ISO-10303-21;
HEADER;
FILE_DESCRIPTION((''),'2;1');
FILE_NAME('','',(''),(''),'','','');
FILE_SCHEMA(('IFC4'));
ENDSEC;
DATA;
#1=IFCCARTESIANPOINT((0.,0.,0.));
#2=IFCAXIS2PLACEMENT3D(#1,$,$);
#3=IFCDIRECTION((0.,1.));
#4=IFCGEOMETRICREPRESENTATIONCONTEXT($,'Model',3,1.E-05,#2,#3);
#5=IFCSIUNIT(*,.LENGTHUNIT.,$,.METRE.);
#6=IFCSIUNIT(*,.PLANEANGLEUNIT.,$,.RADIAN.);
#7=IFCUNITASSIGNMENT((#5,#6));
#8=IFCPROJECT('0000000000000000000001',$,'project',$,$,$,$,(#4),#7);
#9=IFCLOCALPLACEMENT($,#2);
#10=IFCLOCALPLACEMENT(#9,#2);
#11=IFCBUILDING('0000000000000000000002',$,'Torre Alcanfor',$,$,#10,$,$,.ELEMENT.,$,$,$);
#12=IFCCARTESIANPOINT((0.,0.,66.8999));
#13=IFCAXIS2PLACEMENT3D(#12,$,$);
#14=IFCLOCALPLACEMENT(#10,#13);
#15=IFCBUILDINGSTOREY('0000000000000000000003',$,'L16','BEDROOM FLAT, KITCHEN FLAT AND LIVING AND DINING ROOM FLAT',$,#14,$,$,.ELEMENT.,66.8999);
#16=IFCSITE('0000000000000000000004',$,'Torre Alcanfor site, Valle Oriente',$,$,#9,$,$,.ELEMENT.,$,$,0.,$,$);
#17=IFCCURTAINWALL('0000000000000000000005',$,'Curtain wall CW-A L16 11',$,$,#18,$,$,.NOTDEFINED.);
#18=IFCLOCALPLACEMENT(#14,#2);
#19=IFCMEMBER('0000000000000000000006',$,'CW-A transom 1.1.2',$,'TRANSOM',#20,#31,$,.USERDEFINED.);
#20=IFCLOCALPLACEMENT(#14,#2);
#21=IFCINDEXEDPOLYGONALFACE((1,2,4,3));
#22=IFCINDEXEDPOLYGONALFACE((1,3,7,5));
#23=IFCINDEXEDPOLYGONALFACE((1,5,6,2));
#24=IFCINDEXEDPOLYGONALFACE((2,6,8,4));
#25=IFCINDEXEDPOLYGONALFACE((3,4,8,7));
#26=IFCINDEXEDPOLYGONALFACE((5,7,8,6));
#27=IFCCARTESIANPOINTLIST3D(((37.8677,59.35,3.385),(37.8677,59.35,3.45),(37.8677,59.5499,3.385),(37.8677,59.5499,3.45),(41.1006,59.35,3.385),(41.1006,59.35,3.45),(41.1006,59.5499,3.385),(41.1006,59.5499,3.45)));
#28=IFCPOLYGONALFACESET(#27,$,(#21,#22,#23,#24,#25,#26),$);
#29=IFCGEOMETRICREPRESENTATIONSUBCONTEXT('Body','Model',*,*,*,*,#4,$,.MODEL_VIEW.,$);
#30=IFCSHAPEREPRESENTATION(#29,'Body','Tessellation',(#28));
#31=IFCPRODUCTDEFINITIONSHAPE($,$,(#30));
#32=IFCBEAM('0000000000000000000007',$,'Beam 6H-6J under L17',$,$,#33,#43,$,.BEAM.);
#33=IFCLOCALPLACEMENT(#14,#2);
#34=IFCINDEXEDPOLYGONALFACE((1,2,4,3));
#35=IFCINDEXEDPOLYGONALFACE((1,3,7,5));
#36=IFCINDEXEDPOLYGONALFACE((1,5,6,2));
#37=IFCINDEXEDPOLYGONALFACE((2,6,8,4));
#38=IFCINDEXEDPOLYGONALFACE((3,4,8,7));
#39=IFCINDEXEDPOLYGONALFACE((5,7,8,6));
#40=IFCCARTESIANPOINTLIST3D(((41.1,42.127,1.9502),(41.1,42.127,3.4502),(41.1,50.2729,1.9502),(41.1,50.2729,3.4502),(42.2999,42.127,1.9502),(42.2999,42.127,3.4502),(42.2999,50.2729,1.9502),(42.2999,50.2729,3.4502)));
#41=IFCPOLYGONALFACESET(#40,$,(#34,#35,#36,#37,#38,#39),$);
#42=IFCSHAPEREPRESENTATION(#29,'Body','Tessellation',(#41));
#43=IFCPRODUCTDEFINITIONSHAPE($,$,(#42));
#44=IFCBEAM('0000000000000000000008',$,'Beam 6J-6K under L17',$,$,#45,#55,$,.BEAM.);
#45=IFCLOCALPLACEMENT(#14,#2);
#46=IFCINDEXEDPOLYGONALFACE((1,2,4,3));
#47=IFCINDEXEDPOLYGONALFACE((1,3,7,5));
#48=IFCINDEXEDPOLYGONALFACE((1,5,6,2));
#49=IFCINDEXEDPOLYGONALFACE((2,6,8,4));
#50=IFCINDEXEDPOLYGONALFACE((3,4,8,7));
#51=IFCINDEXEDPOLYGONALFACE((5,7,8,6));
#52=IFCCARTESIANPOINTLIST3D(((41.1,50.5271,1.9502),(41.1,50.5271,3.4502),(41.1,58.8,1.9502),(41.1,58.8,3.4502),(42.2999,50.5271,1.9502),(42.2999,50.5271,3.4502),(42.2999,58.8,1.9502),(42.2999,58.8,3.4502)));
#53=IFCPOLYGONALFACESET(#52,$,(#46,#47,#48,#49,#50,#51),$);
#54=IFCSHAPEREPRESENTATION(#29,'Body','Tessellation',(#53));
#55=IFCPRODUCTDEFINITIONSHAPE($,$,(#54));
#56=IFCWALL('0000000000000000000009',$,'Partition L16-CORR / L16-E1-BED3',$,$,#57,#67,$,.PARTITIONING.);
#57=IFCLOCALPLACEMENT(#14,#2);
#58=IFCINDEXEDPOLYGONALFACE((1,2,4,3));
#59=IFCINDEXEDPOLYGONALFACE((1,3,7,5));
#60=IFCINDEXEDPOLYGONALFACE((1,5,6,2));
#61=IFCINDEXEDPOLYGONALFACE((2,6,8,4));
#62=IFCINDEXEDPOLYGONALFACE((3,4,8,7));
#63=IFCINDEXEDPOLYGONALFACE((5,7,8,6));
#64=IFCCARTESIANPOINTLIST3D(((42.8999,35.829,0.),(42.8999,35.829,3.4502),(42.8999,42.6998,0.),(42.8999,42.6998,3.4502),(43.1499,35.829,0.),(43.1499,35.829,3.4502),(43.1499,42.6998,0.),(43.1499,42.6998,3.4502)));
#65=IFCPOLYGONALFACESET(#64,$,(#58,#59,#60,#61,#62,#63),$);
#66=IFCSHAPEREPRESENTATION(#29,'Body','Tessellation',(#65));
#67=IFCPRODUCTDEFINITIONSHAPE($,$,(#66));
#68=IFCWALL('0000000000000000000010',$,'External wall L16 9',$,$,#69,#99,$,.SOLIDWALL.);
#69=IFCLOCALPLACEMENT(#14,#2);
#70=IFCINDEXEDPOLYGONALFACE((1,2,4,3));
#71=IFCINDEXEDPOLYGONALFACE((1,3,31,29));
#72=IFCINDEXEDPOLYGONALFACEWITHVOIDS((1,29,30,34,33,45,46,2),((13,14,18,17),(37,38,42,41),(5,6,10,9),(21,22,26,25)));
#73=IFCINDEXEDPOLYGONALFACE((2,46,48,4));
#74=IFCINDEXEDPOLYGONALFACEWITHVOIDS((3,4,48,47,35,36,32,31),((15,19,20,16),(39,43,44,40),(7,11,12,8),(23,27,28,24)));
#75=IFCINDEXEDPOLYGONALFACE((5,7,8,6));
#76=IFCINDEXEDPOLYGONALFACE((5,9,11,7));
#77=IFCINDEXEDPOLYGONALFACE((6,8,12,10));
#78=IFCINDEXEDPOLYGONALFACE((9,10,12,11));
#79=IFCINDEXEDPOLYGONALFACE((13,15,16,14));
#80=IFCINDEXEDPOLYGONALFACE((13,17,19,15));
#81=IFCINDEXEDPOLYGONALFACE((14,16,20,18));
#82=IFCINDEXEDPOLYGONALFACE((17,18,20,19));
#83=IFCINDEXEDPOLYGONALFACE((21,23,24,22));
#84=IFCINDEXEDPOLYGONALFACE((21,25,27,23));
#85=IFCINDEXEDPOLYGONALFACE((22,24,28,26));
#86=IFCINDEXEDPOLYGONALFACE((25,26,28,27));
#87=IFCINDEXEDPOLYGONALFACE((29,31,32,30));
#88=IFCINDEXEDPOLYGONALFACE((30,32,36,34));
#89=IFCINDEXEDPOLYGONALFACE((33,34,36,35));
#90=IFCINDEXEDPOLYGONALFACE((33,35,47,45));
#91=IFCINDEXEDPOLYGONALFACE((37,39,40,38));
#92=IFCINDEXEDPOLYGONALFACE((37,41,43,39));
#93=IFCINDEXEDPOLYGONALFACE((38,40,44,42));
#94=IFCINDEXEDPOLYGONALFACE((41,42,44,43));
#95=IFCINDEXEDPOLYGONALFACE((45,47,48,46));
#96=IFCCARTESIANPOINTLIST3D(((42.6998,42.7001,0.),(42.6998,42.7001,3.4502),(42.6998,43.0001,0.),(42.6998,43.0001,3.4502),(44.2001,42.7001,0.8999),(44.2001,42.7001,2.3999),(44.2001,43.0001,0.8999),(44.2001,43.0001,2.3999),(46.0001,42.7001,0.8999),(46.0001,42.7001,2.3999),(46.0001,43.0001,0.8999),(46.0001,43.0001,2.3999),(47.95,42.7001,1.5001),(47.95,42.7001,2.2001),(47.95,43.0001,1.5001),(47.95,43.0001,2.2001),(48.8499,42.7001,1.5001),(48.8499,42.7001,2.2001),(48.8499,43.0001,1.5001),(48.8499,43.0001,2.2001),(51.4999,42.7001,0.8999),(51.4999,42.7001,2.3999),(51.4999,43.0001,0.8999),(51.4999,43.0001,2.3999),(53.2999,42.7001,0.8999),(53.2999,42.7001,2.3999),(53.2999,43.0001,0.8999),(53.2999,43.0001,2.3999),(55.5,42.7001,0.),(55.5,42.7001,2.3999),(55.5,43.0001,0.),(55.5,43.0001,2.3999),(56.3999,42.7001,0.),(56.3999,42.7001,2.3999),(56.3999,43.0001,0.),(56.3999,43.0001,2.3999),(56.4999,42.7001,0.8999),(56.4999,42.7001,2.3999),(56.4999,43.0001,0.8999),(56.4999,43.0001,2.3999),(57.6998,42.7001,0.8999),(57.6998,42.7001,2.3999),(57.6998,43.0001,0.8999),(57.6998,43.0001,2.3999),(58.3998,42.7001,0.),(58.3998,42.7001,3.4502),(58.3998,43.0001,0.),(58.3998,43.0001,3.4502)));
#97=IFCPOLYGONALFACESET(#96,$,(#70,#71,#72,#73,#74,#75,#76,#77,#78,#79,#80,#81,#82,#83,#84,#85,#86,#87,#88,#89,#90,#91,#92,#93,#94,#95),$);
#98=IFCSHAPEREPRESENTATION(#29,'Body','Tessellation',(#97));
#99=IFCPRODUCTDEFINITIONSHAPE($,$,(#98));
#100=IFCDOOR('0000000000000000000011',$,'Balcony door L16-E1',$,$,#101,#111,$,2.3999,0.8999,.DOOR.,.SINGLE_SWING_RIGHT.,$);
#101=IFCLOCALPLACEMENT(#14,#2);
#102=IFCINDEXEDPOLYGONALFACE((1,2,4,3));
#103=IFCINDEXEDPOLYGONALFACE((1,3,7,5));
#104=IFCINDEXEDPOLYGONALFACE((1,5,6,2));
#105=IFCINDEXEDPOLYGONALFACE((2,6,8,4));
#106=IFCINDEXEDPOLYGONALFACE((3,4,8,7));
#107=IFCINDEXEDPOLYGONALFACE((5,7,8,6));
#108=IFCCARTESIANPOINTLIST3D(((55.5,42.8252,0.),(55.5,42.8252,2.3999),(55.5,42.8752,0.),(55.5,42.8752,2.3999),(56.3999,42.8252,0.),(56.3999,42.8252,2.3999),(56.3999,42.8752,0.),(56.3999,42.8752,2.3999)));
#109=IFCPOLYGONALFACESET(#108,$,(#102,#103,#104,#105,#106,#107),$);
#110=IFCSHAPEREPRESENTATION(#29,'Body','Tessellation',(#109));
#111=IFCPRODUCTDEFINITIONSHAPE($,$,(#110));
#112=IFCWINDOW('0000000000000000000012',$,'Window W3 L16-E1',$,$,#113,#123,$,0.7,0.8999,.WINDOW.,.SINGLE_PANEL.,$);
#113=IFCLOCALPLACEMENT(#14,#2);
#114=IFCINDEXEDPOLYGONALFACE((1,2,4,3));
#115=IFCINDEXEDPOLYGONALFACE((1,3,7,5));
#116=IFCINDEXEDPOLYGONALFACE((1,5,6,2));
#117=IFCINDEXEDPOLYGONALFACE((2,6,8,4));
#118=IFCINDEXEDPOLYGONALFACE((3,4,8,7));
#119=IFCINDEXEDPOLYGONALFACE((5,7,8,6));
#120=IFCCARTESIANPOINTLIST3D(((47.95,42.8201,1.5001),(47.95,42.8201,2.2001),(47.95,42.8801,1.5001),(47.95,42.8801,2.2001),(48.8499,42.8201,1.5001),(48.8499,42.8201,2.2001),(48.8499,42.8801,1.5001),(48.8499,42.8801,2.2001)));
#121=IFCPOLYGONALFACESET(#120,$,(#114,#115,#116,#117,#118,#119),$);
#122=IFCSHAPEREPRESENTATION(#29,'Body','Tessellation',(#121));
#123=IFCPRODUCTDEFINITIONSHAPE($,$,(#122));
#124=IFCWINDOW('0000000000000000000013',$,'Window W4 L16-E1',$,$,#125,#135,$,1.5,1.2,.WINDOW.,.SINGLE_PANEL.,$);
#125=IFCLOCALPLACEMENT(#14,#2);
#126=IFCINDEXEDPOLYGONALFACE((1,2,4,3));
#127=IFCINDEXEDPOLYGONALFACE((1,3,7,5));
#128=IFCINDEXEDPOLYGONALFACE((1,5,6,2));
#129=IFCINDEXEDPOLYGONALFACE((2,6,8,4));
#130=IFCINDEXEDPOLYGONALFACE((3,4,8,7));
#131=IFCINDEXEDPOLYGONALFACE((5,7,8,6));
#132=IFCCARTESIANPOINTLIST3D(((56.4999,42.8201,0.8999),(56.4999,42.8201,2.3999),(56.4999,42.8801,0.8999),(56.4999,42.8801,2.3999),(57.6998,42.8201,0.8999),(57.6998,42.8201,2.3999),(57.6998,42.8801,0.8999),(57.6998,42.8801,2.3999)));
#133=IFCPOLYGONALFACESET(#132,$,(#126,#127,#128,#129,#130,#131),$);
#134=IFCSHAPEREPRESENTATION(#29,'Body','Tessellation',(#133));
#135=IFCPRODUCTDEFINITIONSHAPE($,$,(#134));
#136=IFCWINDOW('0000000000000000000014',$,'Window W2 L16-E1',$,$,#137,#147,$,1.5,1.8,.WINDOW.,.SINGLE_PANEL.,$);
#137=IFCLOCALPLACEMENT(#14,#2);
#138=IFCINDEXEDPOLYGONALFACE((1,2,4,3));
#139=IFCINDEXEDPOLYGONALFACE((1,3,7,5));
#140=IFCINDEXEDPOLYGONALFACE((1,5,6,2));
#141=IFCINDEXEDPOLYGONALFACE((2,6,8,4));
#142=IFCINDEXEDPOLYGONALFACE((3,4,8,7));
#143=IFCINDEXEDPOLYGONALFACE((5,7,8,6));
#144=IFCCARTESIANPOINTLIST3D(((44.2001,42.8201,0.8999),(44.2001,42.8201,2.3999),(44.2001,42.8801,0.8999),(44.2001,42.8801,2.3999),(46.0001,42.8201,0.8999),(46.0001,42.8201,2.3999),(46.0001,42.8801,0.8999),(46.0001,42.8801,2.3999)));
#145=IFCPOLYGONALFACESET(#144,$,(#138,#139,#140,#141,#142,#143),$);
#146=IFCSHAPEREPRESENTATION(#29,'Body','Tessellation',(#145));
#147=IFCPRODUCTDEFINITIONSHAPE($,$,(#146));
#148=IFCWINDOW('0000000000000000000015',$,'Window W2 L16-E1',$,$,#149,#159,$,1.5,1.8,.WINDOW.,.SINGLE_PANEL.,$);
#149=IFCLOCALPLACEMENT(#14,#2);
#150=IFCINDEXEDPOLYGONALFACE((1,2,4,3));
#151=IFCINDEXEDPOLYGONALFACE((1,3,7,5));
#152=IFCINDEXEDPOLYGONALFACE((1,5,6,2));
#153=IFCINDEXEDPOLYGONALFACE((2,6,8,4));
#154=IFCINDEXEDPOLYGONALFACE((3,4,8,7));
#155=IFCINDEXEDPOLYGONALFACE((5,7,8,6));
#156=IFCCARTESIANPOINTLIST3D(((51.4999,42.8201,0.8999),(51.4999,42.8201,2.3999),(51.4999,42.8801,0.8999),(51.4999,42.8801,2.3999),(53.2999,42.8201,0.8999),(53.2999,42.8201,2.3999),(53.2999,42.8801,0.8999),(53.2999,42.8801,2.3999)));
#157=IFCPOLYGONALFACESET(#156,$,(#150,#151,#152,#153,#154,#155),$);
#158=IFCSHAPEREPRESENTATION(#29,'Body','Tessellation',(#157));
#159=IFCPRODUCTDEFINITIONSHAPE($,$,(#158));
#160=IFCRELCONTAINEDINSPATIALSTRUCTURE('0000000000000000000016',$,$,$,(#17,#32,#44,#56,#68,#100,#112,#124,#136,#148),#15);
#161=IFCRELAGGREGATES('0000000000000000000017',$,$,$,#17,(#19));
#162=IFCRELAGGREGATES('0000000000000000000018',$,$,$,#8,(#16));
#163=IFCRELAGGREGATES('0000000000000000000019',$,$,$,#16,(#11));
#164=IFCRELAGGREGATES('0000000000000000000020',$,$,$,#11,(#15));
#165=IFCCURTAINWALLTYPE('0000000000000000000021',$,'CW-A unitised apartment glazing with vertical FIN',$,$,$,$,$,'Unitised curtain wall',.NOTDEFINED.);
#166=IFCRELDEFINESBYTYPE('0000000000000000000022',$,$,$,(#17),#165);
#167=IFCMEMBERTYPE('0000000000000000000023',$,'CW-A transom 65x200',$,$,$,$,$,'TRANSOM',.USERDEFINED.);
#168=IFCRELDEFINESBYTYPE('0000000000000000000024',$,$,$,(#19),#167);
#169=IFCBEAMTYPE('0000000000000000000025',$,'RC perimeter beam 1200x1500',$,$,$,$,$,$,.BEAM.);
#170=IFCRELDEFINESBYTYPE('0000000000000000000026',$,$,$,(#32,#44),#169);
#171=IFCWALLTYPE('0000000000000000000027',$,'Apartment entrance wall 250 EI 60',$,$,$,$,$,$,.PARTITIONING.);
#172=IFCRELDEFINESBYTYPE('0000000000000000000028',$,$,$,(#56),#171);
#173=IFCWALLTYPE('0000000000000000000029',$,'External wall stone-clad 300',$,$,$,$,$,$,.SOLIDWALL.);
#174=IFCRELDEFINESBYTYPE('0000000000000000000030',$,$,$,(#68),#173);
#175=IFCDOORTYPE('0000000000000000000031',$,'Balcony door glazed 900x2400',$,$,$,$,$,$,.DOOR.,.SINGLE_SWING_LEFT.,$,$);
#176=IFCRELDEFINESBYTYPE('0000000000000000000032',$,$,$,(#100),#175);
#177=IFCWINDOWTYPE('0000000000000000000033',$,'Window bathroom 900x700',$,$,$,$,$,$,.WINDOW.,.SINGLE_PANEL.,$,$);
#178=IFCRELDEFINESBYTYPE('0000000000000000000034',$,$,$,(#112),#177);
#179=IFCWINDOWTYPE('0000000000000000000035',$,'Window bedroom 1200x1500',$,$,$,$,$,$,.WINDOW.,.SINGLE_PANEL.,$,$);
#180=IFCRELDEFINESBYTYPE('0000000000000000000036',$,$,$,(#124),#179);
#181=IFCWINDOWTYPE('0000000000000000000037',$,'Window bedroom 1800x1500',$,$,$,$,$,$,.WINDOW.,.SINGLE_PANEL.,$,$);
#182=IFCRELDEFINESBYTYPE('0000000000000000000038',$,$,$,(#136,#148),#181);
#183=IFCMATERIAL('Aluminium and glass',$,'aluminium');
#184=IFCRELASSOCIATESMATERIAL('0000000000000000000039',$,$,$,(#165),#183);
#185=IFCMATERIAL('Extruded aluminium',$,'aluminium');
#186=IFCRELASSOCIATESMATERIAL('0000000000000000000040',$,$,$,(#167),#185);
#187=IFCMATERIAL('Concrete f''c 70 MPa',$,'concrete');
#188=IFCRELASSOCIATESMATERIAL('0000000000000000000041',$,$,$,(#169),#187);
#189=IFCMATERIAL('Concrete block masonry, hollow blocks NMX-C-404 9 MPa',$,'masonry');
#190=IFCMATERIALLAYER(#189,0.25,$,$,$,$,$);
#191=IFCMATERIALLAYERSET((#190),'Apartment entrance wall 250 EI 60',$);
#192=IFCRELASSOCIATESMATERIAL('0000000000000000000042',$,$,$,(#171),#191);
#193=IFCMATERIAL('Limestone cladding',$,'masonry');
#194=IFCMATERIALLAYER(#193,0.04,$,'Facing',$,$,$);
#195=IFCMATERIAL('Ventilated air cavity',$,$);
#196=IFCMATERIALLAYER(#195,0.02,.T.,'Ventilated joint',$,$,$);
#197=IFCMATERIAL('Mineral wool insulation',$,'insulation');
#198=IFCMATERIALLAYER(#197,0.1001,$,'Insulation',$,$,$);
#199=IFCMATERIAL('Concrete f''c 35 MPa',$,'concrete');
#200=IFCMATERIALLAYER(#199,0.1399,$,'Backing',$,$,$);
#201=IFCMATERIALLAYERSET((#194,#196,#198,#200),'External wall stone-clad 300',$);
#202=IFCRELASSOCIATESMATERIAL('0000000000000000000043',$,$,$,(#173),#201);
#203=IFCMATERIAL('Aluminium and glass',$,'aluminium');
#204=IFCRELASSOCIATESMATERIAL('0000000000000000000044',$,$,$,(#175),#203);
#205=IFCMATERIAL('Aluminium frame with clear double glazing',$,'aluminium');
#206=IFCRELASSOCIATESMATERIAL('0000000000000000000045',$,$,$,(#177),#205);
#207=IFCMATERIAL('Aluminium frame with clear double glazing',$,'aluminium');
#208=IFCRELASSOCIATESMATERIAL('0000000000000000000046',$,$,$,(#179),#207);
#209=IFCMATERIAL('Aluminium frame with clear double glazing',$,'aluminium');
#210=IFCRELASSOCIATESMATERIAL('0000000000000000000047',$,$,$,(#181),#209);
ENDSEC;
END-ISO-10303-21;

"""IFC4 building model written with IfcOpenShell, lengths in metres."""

from ifc_helpers import new_model, si_unit, direction, frame, frame_2d, origin, origin_2d, place, context, subcontext, project, spatial, rectangle, extrude, material, layer, layer_set, material_profile, profile_set, type_object, element, fill, aggregate, save


model = new_model("IFC4")

# Units and contexts
model_context = context("Model", 3, precision=1e-05, world=origin(), true_north=direction((0.0, 1.0)))
body_context = subcontext(model_context, "Body", "Model", "MODEL_VIEW")
ifc_project = project(units=[si_unit("LENGTHUNIT", "METRE"), si_unit("PLANEANGLEUNIT", "RADIAN")], contexts=[model_context])

# Site, building, storey
site_placement = place(None, origin())
site = spatial("IfcSite", under=ifc_project, at=site_placement, Name="Torre Alcanfor site, Valle Oriente", CompositionType="ELEMENT", RefElevation=0.0)
building_placement = place(site_placement, origin())
building = spatial("IfcBuilding", under=site, at=building_placement, Name="Torre Alcanfor", CompositionType="ELEMENT")
storey_placement = place(building_placement, frame((0.0, 0.0, 66.8999)))
storey = spatial("IfcBuildingStorey", under=building, at=storey_placement, Name="L16", Description="BEDROOM FLAT, KITCHEN FLAT AND LIVING AND DINING ROOM FLAT", CompositionType="ELEMENT", Elevation=66.8999)

# Curtain wall, member
ifc_material_1 = material(Name="Aluminium and glass", Category="aluminium")
curtain_wall_type = type_object("IfcCurtainWallType", Name="CW-A unitised apartment glazing with vertical FIN", ElementType="Unitised curtain wall", PredefinedType="NOTDEFINED", material=ifc_material_1)
curtain_wall_placement = place(storey_placement, origin())
curtain_wall = element("IfcCurtainWall", 1, at=curtain_wall_placement, inside=storey, type_object=curtain_wall_type, Name="Curtain wall CW-A L16 11", PredefinedType="NOTDEFINED")
ifc_material_2 = material(Name="Extruded aluminium", Category="aluminium")
ifc_material_profile_1 = material_profile(ifc_material_2, rectangle(XDim=0.2, YDim=0.0649, at=origin_2d()), Name="CW-A transom 200x65")
ifc_profile_set_1 = profile_set([ifc_material_profile_1], Name="Extruded aluminium")
member_type_1 = type_object("IfcMemberType", Name="CW-A transom 65x200", ElementType="TRANSOM", PredefinedType="USERDEFINED", material=ifc_profile_set_1)
member_1_placement = place(storey_placement, frame((41.1006, 59.45, 3.4175), z_axis=(-1.0, 0.0, 0.0), x_axis=(0.0, -1.0, 0.0)))
member_1 = element("IfcMember", 2, at=member_1_placement, type_object=member_type_1, Name="CW-A transom 1.1.2", ObjectType="TRANSOM", PredefinedType="USERDEFINED", context=body_context, shape_type="SweptSolid", body=[
    extrude(rectangle(XDim=0.2, YDim=0.0649, at=origin_2d()), origin(), (0.0, 0.0, 1.0), 3.2329),
])
aggregate(curtain_wall, [member_1])

# Beams
ifc_material_3 = material(Name="Concrete f'c 70 MPa", Category="concrete")
ifc_material_profile_2 = material_profile(ifc_material_3, rectangle(XDim=1.2, YDim=1.5, at=origin_2d()), Name="1200x1500")
ifc_profile_set_2 = profile_set([ifc_material_profile_2], Name="Concrete f'c 70 MPa")
beam_type_1 = type_object("IfcBeamType", Name="RC perimeter beam 1200x1500", PredefinedType="BEAM", material=ifc_profile_set_2)
beam_1_placement = place(storey_placement, frame((41.7, 42.127, 2.7002), z_axis=(0.0, 1.0, 0.0), x_axis=(-1.0, 0.0, 0.0)))
element("IfcBeam", 3, at=beam_1_placement, inside=storey, type_object=beam_type_1, Name="Beam 6H-6J under L17", PredefinedType="BEAM", context=body_context, shape_type="SweptSolid", body=[
    extrude(rectangle(XDim=1.2, YDim=1.5, at=origin_2d()), origin(), (0.0, 0.0, 1.0), 8.146),
])
beam_2_placement = place(storey_placement, frame((41.7, 50.5271, 2.7002), z_axis=(0.0, 1.0, 0.0), x_axis=(-1.0, 0.0, 0.0)))
element("IfcBeam", 4, at=beam_2_placement, inside=storey, type_object=beam_type_1, Name="Beam 6J-6K under L17", PredefinedType="BEAM", context=body_context, shape_type="SweptSolid", body=[
    extrude(rectangle(XDim=1.2, YDim=1.5, at=origin_2d()), origin(), (0.0, 0.0, 1.0), 8.2729),
])

# Wall
ifc_material_4 = material(Name="Concrete block masonry, hollow blocks NMX-C-404 9 MPa", Category="masonry")
ifc_layer_1 = layer(ifc_material_4, 0.25)
ifc_layer_set_1 = layer_set([ifc_layer_1], Name="Apartment entrance wall 250 EI 60")
wall_type_1 = type_object("IfcWallType", Name="Apartment entrance wall 250 EI 60", PredefinedType="PARTITIONING", material=ifc_layer_set_1)
wall_1_placement = place(storey_placement, frame((43.0249, 42.7, 0.0), z_axis=(0.0, 0.0, 1.0), x_axis=(0.0, -1.0, 0.0)))
element("IfcWall", 5, at=wall_1_placement, inside=storey, type_object=wall_type_1, Name="Partition L16-CORR / L16-E1-BED3", PredefinedType="PARTITIONING", context=body_context, shape_type="SweptSolid", body=[
    extrude(rectangle(XDim=6.8708, YDim=0.25, at=frame_2d((3.4355, 0.0))), origin(), (0.0, 0.0, 1.0), 3.4502),
])

# Wall, openings, door, windows
ifc_material_5 = material(Name="Limestone cladding", Category="masonry")
ifc_layer_2 = layer(ifc_material_5, 0.04, Name="Facing")
ifc_material_6 = material(Name="Ventilated air cavity")
ifc_layer_3 = layer(ifc_material_6, 0.02, ventilated=True, Name="Ventilated joint")
ifc_material_7 = material(Name="Mineral wool insulation", Category="insulation")
ifc_layer_4 = layer(ifc_material_7, 0.1001, Name="Insulation")
ifc_material_8 = material(Name="Concrete f'c 35 MPa", Category="concrete")
ifc_layer_5 = layer(ifc_material_8, 0.1399, Name="Backing")
ifc_layer_set_2 = layer_set([ifc_layer_2, ifc_layer_3, ifc_layer_4, ifc_layer_5], Name="External wall stone-clad 300")
wall_type_2 = type_object("IfcWallType", Name="External wall stone-clad 300", PredefinedType="SOLIDWALL", material=ifc_layer_set_2)
wall_2_placement = place(storey_placement, frame((58.3999, 42.8501, 0.0), z_axis=(0.0, 0.0, 1.0), x_axis=(-1.0, 0.0, 0.0)))
wall_2 = element("IfcWall", 6, at=wall_2_placement, inside=storey, type_object=wall_type_2, Name="External wall L16 9", PredefinedType="SOLIDWALL", context=body_context, shape_type="SweptSolid", body=[
    extrude(rectangle(XDim=15.7, YDim=0.3, at=frame_2d((7.8501, 0.0))), origin(), (0.0, 0.0, 1.0), 3.4502),
])
opening_1_placement = place(wall_2_placement, frame((12.3999, 0.0, 0.8999)))
opening_1 = element("IfcOpeningElement", 7, at=opening_1_placement, cuts=wall_2, PredefinedType="OPENING", context=body_context, shape_type="SweptSolid", body=[
    extrude(rectangle(XDim=1.8, YDim=1.5, at=frame_2d((0.8999, 0.75))), frame((0.0, 0.1599, 0.0), z_axis=(0.0, -1.0, 0.0), x_axis=(1.0, 0.0, 0.0)), (0.0, 0.0, 1.0), 0.3201),
])
opening_2_placement = place(wall_2_placement, frame((9.55, 0.0, 1.5)))
opening_2 = element("IfcOpeningElement", 8, at=opening_2_placement, cuts=wall_2, PredefinedType="OPENING", context=body_context, shape_type="SweptSolid", body=[
    extrude(rectangle(XDim=0.8999, YDim=0.7, at=frame_2d((0.45, 0.3501))), frame((0.0, 0.1599, 0.0), z_axis=(0.0, -1.0, 0.0), x_axis=(1.0, 0.0, 0.0)), (0.0, 0.0, 1.0), 0.3201),
])
opening_3_placement = place(wall_2_placement, frame((5.1001, 0.0, 0.8999)))
opening_3 = element("IfcOpeningElement", 9, at=opening_3_placement, cuts=wall_2, PredefinedType="OPENING", context=body_context, shape_type="SweptSolid", body=[
    extrude(rectangle(XDim=1.8, YDim=1.5, at=frame_2d((0.8999, 0.75))), frame((0.0, 0.1599, 0.0), z_axis=(0.0, -1.0, 0.0), x_axis=(1.0, 0.0, 0.0)), (0.0, 0.0, 1.0), 0.3201),
])
opening_4_placement = place(wall_2_placement, frame((2.0, 0.0, 0.0)))
opening_4 = element("IfcOpeningElement", 10, at=opening_4_placement, cuts=wall_2, PredefinedType="OPENING", context=body_context, shape_type="SweptSolid", body=[
    extrude(rectangle(XDim=0.8999, YDim=2.3999, at=frame_2d((0.45, 1.2))), frame((0.0, 0.1599, 0.0), z_axis=(0.0, -1.0, 0.0), x_axis=(1.0, 0.0, 0.0)), (0.0, 0.0, 1.0), 0.3201),
])
opening_5_placement = place(wall_2_placement, frame((0.7, 0.0, 0.8999)))
opening_5 = element("IfcOpeningElement", 11, at=opening_5_placement, cuts=wall_2, PredefinedType="OPENING", context=body_context, shape_type="SweptSolid", body=[
    extrude(rectangle(XDim=1.2, YDim=1.5, at=frame_2d((0.6001, 0.75))), frame((0.0, 0.1599, 0.0), z_axis=(0.0, -1.0, 0.0), x_axis=(1.0, 0.0, 0.0)), (0.0, 0.0, 1.0), 0.3201),
])
ifc_material_9 = material(Name="Aluminium and glass", Category="aluminium")
door_type = type_object("IfcDoorType", Name="Balcony door glazed 900x2400", OperationType="SINGLE_SWING_LEFT", PredefinedType="DOOR", material=ifc_material_9)
door_1_placement = place(opening_4_placement, origin())
door_1 = element("IfcDoor", 12, at=door_1_placement, inside=storey, type_object=door_type, Name="Balcony door L16-E1", OperationType="SINGLE_SWING_RIGHT", OverallHeight=2.3999, OverallWidth=0.8999, PredefinedType="DOOR", context=body_context, shape_type="SweptSolid", body=[
    extrude(rectangle(XDim=0.8999, YDim=2.3999, at=frame_2d((0.45, 1.2))), frame((0.0, 0.0249, 0.0), z_axis=(0.0, -1.0, 0.0), x_axis=(1.0, 0.0, 0.0)), (0.0, 0.0, 1.0), 0.05),
])
fill(opening_4, door_1)
ifc_material_10 = material(Name="Aluminium frame with clear double glazing", Category="aluminium")
window_type_1 = type_object("IfcWindowType", Name="Window bathroom 900x700", PartitioningType="SINGLE_PANEL", PredefinedType="WINDOW", material=ifc_material_10)
window_1_placement = place(opening_2_placement, origin())
window_1 = element("IfcWindow", 13, at=window_1_placement, inside=storey, type_object=window_type_1, Name="Window W3 L16-E1", OverallHeight=0.7, OverallWidth=0.8999, PartitioningType="SINGLE_PANEL", PredefinedType="WINDOW", context=body_context, shape_type="SweptSolid", body=[
    extrude(rectangle(XDim=0.8999, YDim=0.7, at=frame_2d((0.45, 0.3501))), frame((0.0, 0.03, 0.0), z_axis=(0.0, -1.0, 0.0), x_axis=(1.0, 0.0, 0.0)), (0.0, 0.0, 1.0), 0.0601),
])
fill(opening_2, window_1)
ifc_material_11 = material(Name="Aluminium frame with clear double glazing", Category="aluminium")
window_type_2 = type_object("IfcWindowType", Name="Window bedroom 1200x1500", PartitioningType="SINGLE_PANEL", PredefinedType="WINDOW", material=ifc_material_11)
window_2_placement = place(opening_5_placement, origin())
window_2 = element("IfcWindow", 14, at=window_2_placement, inside=storey, type_object=window_type_2, Name="Window W4 L16-E1", OverallHeight=1.5, OverallWidth=1.2, PartitioningType="SINGLE_PANEL", PredefinedType="WINDOW", context=body_context, shape_type="SweptSolid", body=[
    extrude(rectangle(XDim=1.2, YDim=1.5, at=frame_2d((0.6001, 0.75))), frame((0.0, 0.03, 0.0), z_axis=(0.0, -1.0, 0.0), x_axis=(1.0, 0.0, 0.0)), (0.0, 0.0, 1.0), 0.0601),
])
fill(opening_5, window_2)
ifc_material_12 = material(Name="Aluminium frame with clear double glazing", Category="aluminium")
window_type_3 = type_object("IfcWindowType", Name="Window bedroom 1800x1500", PartitioningType="SINGLE_PANEL", PredefinedType="WINDOW", material=ifc_material_12)
window_3_placement = place(opening_1_placement, origin())
window_3 = element("IfcWindow", 15, at=window_3_placement, inside=storey, type_object=window_type_3, Name="Window W2 L16-E1", OverallHeight=1.5, OverallWidth=1.8, PartitioningType="SINGLE_PANEL", PredefinedType="WINDOW", context=body_context, shape_type="SweptSolid", body=[
    extrude(rectangle(XDim=1.8, YDim=1.5, at=frame_2d((0.8999, 0.75))), frame((0.0, 0.03, 0.0), z_axis=(0.0, -1.0, 0.0), x_axis=(1.0, 0.0, 0.0)), (0.0, 0.0, 1.0), 0.0601),
])
fill(opening_1, window_3)
window_4_placement = place(opening_3_placement, origin())
window_4 = element("IfcWindow", 16, at=window_4_placement, inside=storey, type_object=window_type_3, Name="Window W2 L16-E1", OverallHeight=1.5, OverallWidth=1.8, PartitioningType="SINGLE_PANEL", PredefinedType="WINDOW", context=body_context, shape_type="SweptSolid", body=[
    extrude(rectangle(XDim=1.8, YDim=1.5, at=frame_2d((0.8999, 0.75))), frame((0.0, 0.03, 0.0), z_axis=(0.0, -1.0, 0.0), x_axis=(1.0, 0.0, 0.0)), (0.0, 0.0, 1.0), 0.0601),
])
fill(opening_3, window_4)

save(model, "model.ifc")
